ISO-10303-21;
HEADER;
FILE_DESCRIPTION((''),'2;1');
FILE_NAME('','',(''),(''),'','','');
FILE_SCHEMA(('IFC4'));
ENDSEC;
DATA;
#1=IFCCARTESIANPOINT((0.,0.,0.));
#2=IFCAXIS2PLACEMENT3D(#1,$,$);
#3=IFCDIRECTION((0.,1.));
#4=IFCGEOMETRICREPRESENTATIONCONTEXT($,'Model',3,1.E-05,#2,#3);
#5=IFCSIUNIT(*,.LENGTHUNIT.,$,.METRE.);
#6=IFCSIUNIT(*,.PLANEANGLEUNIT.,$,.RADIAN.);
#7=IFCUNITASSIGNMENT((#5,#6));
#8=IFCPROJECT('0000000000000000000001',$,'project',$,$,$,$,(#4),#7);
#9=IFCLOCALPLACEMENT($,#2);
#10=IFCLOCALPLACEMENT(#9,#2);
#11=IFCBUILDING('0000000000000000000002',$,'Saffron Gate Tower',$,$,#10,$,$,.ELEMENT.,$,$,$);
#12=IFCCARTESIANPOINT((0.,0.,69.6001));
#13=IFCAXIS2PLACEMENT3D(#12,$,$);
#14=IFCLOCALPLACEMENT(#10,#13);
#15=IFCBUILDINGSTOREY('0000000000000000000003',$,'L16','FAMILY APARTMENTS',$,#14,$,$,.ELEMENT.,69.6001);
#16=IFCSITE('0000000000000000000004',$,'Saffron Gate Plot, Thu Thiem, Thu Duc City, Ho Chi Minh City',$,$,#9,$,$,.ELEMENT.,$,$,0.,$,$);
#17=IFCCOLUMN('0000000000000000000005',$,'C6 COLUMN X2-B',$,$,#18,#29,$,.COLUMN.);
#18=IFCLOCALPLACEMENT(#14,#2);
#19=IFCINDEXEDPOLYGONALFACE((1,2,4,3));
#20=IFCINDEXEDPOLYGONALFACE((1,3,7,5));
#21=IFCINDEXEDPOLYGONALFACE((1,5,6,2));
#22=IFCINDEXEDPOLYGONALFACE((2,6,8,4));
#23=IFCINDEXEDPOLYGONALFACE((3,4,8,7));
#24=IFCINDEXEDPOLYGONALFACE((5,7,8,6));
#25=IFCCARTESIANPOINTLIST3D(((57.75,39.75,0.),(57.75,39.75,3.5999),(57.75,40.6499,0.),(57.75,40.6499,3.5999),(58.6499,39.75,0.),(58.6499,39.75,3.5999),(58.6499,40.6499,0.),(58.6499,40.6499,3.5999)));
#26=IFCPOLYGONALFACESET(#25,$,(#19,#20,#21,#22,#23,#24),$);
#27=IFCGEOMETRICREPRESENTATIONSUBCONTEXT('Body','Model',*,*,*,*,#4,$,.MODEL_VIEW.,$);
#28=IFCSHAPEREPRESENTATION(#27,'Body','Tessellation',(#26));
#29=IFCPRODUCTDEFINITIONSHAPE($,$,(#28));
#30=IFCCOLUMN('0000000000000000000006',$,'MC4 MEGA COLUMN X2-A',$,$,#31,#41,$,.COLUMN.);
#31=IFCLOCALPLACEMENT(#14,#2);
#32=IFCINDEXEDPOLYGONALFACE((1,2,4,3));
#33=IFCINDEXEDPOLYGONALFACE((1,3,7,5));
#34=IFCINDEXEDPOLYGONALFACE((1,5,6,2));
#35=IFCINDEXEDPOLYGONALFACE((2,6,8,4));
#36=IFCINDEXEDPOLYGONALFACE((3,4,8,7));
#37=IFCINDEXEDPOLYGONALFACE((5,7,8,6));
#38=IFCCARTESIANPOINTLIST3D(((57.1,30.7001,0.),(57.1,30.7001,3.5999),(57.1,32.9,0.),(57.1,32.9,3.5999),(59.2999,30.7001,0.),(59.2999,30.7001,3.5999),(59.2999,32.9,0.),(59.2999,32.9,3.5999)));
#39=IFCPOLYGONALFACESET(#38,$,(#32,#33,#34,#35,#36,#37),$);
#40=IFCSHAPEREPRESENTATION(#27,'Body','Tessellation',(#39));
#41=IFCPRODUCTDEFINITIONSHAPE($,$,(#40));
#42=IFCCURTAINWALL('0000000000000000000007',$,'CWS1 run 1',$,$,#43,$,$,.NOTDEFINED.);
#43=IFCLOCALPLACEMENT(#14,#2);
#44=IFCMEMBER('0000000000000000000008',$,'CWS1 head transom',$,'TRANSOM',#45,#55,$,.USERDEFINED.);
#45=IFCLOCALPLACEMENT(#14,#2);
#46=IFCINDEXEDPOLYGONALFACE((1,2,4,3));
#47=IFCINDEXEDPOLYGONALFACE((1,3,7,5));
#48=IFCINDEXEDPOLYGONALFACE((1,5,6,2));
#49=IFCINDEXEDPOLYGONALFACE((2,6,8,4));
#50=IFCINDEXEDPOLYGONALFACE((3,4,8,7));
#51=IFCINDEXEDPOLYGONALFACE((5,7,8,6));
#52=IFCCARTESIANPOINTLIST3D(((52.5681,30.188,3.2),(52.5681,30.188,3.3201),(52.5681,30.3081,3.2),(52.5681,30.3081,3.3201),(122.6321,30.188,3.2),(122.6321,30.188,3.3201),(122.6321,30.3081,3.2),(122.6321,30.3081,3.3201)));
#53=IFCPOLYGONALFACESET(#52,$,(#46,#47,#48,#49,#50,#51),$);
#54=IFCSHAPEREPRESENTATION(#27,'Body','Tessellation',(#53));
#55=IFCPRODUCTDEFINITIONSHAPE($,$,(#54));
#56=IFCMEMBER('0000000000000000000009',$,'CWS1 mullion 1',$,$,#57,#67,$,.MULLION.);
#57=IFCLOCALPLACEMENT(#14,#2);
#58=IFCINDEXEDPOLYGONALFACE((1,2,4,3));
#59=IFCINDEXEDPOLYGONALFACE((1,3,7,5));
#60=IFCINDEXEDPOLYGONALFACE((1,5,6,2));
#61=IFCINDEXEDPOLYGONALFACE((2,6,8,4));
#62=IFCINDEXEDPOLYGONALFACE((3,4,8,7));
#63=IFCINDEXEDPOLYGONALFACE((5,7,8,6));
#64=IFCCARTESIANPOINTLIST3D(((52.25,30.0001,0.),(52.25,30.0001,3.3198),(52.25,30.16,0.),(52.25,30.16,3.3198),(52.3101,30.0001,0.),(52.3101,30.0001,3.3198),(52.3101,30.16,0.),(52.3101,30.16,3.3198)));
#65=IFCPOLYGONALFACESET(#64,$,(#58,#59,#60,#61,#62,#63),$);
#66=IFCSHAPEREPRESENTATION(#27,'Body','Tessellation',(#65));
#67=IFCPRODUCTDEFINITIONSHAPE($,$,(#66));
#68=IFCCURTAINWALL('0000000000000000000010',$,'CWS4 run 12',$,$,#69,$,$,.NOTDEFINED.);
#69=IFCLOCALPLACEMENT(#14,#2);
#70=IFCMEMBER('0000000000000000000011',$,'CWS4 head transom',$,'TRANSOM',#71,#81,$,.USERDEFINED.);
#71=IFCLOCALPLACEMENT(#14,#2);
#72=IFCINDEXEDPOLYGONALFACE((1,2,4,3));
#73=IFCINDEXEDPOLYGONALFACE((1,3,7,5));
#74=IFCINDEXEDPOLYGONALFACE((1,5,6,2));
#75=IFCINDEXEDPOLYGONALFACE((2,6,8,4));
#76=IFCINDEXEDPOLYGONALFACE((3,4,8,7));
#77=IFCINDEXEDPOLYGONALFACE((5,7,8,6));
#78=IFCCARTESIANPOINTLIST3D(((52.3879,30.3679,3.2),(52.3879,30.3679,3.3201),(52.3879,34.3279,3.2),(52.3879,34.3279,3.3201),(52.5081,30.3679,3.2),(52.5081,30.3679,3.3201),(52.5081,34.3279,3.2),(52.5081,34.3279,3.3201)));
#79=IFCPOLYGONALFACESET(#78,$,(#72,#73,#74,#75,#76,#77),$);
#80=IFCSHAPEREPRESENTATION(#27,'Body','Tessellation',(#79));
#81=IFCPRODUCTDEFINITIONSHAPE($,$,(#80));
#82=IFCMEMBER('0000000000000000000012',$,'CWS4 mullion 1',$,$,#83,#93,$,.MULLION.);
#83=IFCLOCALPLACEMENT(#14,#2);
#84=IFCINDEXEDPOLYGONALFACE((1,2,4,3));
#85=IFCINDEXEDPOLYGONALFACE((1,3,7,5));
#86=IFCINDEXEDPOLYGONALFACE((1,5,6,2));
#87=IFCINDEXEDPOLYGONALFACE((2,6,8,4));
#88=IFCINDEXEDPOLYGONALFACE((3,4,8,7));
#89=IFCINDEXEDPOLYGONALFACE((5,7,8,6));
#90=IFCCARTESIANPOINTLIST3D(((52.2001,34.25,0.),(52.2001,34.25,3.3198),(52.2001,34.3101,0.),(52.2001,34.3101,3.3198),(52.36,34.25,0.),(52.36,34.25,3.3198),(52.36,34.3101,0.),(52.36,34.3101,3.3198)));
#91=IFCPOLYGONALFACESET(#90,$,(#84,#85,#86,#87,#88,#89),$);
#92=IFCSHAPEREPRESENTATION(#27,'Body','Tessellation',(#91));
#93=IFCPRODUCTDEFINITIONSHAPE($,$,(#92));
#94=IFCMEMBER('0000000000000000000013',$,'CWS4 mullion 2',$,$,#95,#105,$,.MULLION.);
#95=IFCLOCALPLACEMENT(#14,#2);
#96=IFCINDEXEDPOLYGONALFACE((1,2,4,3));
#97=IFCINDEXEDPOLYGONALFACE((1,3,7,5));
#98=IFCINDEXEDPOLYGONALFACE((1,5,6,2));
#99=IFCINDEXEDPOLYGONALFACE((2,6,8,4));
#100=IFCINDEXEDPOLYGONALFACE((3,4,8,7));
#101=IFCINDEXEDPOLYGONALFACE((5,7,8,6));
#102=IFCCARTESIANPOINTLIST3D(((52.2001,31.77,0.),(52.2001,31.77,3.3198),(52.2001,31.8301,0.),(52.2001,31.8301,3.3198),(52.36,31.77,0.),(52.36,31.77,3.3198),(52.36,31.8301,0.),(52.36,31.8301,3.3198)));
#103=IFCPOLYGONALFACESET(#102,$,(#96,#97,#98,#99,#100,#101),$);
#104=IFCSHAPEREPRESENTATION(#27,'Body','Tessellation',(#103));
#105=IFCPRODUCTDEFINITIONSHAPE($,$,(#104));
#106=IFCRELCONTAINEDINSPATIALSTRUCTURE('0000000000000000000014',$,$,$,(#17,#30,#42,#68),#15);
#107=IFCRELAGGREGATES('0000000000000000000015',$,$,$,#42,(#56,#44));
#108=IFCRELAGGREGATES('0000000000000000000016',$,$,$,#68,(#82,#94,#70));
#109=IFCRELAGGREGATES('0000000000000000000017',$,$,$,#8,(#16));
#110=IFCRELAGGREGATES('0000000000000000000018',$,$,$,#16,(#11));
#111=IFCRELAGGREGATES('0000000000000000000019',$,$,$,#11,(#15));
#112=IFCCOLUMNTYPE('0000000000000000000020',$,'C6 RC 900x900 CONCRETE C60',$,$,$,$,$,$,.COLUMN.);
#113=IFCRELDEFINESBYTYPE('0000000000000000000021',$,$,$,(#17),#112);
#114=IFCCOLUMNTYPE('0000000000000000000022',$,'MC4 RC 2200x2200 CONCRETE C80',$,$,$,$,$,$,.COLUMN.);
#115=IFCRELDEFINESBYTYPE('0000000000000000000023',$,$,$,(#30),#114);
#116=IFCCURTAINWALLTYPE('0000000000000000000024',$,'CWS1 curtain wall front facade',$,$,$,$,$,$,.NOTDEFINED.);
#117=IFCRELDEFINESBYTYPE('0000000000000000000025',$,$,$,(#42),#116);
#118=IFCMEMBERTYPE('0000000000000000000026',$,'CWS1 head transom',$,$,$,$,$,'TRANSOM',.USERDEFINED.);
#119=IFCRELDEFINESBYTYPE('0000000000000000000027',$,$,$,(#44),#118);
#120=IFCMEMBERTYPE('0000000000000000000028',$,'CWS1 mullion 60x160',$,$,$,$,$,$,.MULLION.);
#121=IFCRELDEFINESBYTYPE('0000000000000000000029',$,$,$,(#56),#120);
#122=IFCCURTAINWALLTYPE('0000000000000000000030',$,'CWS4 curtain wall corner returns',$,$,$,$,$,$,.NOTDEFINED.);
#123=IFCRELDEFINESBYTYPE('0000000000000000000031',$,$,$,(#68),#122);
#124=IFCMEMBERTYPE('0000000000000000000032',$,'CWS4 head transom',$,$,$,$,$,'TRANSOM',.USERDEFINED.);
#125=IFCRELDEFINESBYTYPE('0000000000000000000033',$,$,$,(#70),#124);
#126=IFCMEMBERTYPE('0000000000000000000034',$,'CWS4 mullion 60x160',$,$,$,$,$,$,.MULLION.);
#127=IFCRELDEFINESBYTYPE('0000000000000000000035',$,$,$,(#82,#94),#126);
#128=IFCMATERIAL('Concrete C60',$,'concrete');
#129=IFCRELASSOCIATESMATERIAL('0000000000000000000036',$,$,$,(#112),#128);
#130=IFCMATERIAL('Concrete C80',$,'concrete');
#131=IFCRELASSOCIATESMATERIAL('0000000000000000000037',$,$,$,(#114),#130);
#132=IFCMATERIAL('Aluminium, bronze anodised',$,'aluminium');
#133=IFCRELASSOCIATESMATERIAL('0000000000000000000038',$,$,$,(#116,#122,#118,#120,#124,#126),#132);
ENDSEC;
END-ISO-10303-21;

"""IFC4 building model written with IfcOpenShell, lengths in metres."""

from ifc_helpers import new_model, si_unit, direction, frame, origin, origin_2d, place, context, subcontext, project, spatial, rectangle, extrude, material, material_profile, profile_set, type_object, element, aggregate, save


model = new_model("IFC4")

# Units and contexts
model_context = context("Model", 3, precision=1e-05, world=origin(), true_north=direction((0.0, 1.0)))
body_context = subcontext(model_context, "Body", "Model", "MODEL_VIEW")
ifc_project = project(units=[si_unit("LENGTHUNIT", "METRE"), si_unit("PLANEANGLEUNIT", "RADIAN")], contexts=[model_context])

# Site, building, storey
site_placement = place(None, origin())
site = spatial("IfcSite", under=ifc_project, at=site_placement, Name="Saffron Gate Plot, Thu Thiem, Thu Duc City, Ho Chi Minh City", CompositionType="ELEMENT", RefElevation=0.0)
building_placement = place(site_placement, origin())
building = spatial("IfcBuilding", under=site, at=building_placement, Name="Saffron Gate Tower", CompositionType="ELEMENT")
storey_placement = place(building_placement, frame((0.0, 0.0, 69.6001)))
storey = spatial("IfcBuildingStorey", under=building, at=storey_placement, Name="L16", Description="FAMILY APARTMENTS", CompositionType="ELEMENT", Elevation=69.6001)

# Columns
ifc_material_1 = material(Name="Concrete C60", Category="concrete")
ifc_material_profile_1 = material_profile(ifc_material_1, rectangle(XDim=0.8999, YDim=0.8999, at=origin_2d()))
ifc_profile_set_1 = profile_set([ifc_material_profile_1], Name="Concrete C60")
column_type_1 = type_object("IfcColumnType", Name="C6 RC 900x900 CONCRETE C60", PredefinedType="COLUMN", material=ifc_profile_set_1)
column_1_placement = place(storey_placement, frame((58.2, 40.2, 0.0), z_axis=(0.0, 0.0, 1.0), x_axis=(1.0, 0.0, 0.0)))
element("IfcColumn", 1, at=column_1_placement, inside=storey, type_object=column_type_1, Name="C6 COLUMN X2-B", PredefinedType="COLUMN", context=body_context, shape_type="SweptSolid", body=[
    extrude(rectangle(XDim=0.8999, YDim=0.8999, at=origin_2d()), origin(), (0.0, 0.0, 1.0), 3.5999),
])
ifc_material_2 = material(Name="Concrete C80", Category="concrete")
ifc_material_profile_2 = material_profile(ifc_material_2, rectangle(XDim=2.2, YDim=2.2, at=origin_2d()))
ifc_profile_set_2 = profile_set([ifc_material_profile_2], Name="Concrete C80")
column_type_2 = type_object("IfcColumnType", Name="MC4 RC 2200x2200 CONCRETE C80", PredefinedType="COLUMN", material=ifc_profile_set_2)
column_2_placement = place(storey_placement, frame((58.2, 31.8, 0.0), z_axis=(0.0, 0.0, 1.0), x_axis=(1.0, 0.0, 0.0)))
element("IfcColumn", 2, at=column_2_placement, inside=storey, type_object=column_type_2, Name="MC4 MEGA COLUMN X2-A", PredefinedType="COLUMN", context=body_context, shape_type="SweptSolid", body=[
    extrude(rectangle(XDim=2.2, YDim=2.2, at=origin_2d()), origin(), (0.0, 0.0, 1.0), 3.5999),
])

# Curtain walls, members
ifc_material_3 = material(Name="Aluminium, bronze anodised", Category="aluminium")
curtain_wall_type_1 = type_object("IfcCurtainWallType", Name="CWS1 curtain wall front facade", PredefinedType="NOTDEFINED", material=ifc_material_3)
curtain_wall_1_placement = place(storey_placement, origin())
curtain_wall_1 = element("IfcCurtainWall", 3, at=curtain_wall_1_placement, inside=storey, type_object=curtain_wall_type_1, Name="CWS1 run 1", PredefinedType="NOTDEFINED")
ifc_material_profile_3 = material_profile(ifc_material_3, rectangle(XDim=0.1201, YDim=0.1201, at=origin_2d()))
ifc_profile_set_3 = profile_set([ifc_material_profile_3], Name="Aluminium, bronze anodised")
member_type_1 = type_object("IfcMemberType", Name="CWS1 head transom", ElementType="TRANSOM", PredefinedType="USERDEFINED", material=ifc_profile_set_3)
member_1_placement = place(storey_placement, frame((52.5681, 30.248, 3.26), z_axis=(1.0, 0.0, 0.0), x_axis=(0.0, 1.0, 0.0)))
member_1 = element("IfcMember", 4, at=member_1_placement, type_object=member_type_1, Name="CWS1 head transom", ObjectType="TRANSOM", PredefinedType="USERDEFINED", context=body_context, shape_type="SweptSolid", body=[
    extrude(rectangle(XDim=0.1201, YDim=0.1201, at=origin_2d()), origin(), (0.0, 0.0, 1.0), 70.064),
])
ifc_material_profile_4 = material_profile(ifc_material_3, rectangle(XDim=0.1599, YDim=0.0601, at=origin_2d()))
ifc_profile_set_4 = profile_set([ifc_material_profile_4], Name="Aluminium, bronze anodised")
member_type_2 = type_object("IfcMemberType", Name="CWS1 mullion 60x160", PredefinedType="MULLION", material=ifc_profile_set_4)
member_2_placement = place(storey_placement, frame((52.28, 30.0801, 0.0), z_axis=(0.0, 0.0, 1.0), x_axis=(0.0, 1.0, 0.0)))
member_2 = element("IfcMember", 5, at=member_2_placement, type_object=member_type_2, Name="CWS1 mullion 1", PredefinedType="MULLION", context=body_context, shape_type="SweptSolid", body=[
    extrude(rectangle(XDim=0.1599, YDim=0.0601, at=origin_2d()), origin(), (0.0, 0.0, 1.0), 3.3198),
])
curtain_wall_type_2 = type_object("IfcCurtainWallType", Name="CWS4 curtain wall corner returns", PredefinedType="NOTDEFINED", material=ifc_material_3)
curtain_wall_2_placement = place(storey_placement, origin())
curtain_wall_2 = element("IfcCurtainWall", 6, at=curtain_wall_2_placement, inside=storey, type_object=curtain_wall_type_2, Name="CWS4 run 12", PredefinedType="NOTDEFINED")
ifc_material_profile_5 = material_profile(ifc_material_3, rectangle(XDim=0.1201, YDim=0.1201, at=origin_2d()))
ifc_profile_set_5 = profile_set([ifc_material_profile_5], Name="Aluminium, bronze anodised")
member_type_3 = type_object("IfcMemberType", Name="CWS4 head transom", ElementType="TRANSOM", PredefinedType="USERDEFINED", material=ifc_profile_set_5)
member_3_placement = place(storey_placement, frame((52.448, 34.3279, 3.26), z_axis=(0.0, -1.0, 0.0), x_axis=(1.0, 0.0, 0.0)))
member_3 = element("IfcMember", 7, at=member_3_placement, type_object=member_type_3, Name="CWS4 head transom", ObjectType="TRANSOM", PredefinedType="USERDEFINED", context=body_context, shape_type="SweptSolid", body=[
    extrude(rectangle(XDim=0.1201, YDim=0.1201, at=origin_2d()), origin(), (0.0, 0.0, 1.0), 3.96),
])
ifc_material_profile_6 = material_profile(ifc_material_3, rectangle(XDim=0.1599, YDim=0.0601, at=origin_2d()))
ifc_profile_set_6 = profile_set([ifc_material_profile_6], Name="Aluminium, bronze anodised")
member_type_4 = type_object("IfcMemberType", Name="CWS4 mullion 60x160", PredefinedType="MULLION", material=ifc_profile_set_6)
member_4_placement = place(storey_placement, frame((52.28, 34.28, 0.0), z_axis=(0.0, 0.0, 1.0), x_axis=(1.0, 0.0, 0.0)))
member_4 = element("IfcMember", 8, at=member_4_placement, type_object=member_type_4, Name="CWS4 mullion 1", PredefinedType="MULLION", context=body_context, shape_type="SweptSolid", body=[
    extrude(rectangle(XDim=0.1599, YDim=0.0601, at=origin_2d()), origin(), (0.0, 0.0, 1.0), 3.3198),
])
member_5_placement = place(storey_placement, frame((52.28, 31.8, 0.0), z_axis=(0.0, 0.0, 1.0), x_axis=(1.0, 0.0, 0.0)))
member_5 = element("IfcMember", 9, at=member_5_placement, type_object=member_type_4, Name="CWS4 mullion 2", PredefinedType="MULLION", context=body_context, shape_type="SweptSolid", body=[
    extrude(rectangle(XDim=0.1599, YDim=0.0601, at=origin_2d()), origin(), (0.0, 0.0, 1.0), 3.3198),
])

aggregate(curtain_wall_1, [member_2, member_1])

aggregate(curtain_wall_2, [member_4, member_5, member_3])

save(model, "model.ifc")
